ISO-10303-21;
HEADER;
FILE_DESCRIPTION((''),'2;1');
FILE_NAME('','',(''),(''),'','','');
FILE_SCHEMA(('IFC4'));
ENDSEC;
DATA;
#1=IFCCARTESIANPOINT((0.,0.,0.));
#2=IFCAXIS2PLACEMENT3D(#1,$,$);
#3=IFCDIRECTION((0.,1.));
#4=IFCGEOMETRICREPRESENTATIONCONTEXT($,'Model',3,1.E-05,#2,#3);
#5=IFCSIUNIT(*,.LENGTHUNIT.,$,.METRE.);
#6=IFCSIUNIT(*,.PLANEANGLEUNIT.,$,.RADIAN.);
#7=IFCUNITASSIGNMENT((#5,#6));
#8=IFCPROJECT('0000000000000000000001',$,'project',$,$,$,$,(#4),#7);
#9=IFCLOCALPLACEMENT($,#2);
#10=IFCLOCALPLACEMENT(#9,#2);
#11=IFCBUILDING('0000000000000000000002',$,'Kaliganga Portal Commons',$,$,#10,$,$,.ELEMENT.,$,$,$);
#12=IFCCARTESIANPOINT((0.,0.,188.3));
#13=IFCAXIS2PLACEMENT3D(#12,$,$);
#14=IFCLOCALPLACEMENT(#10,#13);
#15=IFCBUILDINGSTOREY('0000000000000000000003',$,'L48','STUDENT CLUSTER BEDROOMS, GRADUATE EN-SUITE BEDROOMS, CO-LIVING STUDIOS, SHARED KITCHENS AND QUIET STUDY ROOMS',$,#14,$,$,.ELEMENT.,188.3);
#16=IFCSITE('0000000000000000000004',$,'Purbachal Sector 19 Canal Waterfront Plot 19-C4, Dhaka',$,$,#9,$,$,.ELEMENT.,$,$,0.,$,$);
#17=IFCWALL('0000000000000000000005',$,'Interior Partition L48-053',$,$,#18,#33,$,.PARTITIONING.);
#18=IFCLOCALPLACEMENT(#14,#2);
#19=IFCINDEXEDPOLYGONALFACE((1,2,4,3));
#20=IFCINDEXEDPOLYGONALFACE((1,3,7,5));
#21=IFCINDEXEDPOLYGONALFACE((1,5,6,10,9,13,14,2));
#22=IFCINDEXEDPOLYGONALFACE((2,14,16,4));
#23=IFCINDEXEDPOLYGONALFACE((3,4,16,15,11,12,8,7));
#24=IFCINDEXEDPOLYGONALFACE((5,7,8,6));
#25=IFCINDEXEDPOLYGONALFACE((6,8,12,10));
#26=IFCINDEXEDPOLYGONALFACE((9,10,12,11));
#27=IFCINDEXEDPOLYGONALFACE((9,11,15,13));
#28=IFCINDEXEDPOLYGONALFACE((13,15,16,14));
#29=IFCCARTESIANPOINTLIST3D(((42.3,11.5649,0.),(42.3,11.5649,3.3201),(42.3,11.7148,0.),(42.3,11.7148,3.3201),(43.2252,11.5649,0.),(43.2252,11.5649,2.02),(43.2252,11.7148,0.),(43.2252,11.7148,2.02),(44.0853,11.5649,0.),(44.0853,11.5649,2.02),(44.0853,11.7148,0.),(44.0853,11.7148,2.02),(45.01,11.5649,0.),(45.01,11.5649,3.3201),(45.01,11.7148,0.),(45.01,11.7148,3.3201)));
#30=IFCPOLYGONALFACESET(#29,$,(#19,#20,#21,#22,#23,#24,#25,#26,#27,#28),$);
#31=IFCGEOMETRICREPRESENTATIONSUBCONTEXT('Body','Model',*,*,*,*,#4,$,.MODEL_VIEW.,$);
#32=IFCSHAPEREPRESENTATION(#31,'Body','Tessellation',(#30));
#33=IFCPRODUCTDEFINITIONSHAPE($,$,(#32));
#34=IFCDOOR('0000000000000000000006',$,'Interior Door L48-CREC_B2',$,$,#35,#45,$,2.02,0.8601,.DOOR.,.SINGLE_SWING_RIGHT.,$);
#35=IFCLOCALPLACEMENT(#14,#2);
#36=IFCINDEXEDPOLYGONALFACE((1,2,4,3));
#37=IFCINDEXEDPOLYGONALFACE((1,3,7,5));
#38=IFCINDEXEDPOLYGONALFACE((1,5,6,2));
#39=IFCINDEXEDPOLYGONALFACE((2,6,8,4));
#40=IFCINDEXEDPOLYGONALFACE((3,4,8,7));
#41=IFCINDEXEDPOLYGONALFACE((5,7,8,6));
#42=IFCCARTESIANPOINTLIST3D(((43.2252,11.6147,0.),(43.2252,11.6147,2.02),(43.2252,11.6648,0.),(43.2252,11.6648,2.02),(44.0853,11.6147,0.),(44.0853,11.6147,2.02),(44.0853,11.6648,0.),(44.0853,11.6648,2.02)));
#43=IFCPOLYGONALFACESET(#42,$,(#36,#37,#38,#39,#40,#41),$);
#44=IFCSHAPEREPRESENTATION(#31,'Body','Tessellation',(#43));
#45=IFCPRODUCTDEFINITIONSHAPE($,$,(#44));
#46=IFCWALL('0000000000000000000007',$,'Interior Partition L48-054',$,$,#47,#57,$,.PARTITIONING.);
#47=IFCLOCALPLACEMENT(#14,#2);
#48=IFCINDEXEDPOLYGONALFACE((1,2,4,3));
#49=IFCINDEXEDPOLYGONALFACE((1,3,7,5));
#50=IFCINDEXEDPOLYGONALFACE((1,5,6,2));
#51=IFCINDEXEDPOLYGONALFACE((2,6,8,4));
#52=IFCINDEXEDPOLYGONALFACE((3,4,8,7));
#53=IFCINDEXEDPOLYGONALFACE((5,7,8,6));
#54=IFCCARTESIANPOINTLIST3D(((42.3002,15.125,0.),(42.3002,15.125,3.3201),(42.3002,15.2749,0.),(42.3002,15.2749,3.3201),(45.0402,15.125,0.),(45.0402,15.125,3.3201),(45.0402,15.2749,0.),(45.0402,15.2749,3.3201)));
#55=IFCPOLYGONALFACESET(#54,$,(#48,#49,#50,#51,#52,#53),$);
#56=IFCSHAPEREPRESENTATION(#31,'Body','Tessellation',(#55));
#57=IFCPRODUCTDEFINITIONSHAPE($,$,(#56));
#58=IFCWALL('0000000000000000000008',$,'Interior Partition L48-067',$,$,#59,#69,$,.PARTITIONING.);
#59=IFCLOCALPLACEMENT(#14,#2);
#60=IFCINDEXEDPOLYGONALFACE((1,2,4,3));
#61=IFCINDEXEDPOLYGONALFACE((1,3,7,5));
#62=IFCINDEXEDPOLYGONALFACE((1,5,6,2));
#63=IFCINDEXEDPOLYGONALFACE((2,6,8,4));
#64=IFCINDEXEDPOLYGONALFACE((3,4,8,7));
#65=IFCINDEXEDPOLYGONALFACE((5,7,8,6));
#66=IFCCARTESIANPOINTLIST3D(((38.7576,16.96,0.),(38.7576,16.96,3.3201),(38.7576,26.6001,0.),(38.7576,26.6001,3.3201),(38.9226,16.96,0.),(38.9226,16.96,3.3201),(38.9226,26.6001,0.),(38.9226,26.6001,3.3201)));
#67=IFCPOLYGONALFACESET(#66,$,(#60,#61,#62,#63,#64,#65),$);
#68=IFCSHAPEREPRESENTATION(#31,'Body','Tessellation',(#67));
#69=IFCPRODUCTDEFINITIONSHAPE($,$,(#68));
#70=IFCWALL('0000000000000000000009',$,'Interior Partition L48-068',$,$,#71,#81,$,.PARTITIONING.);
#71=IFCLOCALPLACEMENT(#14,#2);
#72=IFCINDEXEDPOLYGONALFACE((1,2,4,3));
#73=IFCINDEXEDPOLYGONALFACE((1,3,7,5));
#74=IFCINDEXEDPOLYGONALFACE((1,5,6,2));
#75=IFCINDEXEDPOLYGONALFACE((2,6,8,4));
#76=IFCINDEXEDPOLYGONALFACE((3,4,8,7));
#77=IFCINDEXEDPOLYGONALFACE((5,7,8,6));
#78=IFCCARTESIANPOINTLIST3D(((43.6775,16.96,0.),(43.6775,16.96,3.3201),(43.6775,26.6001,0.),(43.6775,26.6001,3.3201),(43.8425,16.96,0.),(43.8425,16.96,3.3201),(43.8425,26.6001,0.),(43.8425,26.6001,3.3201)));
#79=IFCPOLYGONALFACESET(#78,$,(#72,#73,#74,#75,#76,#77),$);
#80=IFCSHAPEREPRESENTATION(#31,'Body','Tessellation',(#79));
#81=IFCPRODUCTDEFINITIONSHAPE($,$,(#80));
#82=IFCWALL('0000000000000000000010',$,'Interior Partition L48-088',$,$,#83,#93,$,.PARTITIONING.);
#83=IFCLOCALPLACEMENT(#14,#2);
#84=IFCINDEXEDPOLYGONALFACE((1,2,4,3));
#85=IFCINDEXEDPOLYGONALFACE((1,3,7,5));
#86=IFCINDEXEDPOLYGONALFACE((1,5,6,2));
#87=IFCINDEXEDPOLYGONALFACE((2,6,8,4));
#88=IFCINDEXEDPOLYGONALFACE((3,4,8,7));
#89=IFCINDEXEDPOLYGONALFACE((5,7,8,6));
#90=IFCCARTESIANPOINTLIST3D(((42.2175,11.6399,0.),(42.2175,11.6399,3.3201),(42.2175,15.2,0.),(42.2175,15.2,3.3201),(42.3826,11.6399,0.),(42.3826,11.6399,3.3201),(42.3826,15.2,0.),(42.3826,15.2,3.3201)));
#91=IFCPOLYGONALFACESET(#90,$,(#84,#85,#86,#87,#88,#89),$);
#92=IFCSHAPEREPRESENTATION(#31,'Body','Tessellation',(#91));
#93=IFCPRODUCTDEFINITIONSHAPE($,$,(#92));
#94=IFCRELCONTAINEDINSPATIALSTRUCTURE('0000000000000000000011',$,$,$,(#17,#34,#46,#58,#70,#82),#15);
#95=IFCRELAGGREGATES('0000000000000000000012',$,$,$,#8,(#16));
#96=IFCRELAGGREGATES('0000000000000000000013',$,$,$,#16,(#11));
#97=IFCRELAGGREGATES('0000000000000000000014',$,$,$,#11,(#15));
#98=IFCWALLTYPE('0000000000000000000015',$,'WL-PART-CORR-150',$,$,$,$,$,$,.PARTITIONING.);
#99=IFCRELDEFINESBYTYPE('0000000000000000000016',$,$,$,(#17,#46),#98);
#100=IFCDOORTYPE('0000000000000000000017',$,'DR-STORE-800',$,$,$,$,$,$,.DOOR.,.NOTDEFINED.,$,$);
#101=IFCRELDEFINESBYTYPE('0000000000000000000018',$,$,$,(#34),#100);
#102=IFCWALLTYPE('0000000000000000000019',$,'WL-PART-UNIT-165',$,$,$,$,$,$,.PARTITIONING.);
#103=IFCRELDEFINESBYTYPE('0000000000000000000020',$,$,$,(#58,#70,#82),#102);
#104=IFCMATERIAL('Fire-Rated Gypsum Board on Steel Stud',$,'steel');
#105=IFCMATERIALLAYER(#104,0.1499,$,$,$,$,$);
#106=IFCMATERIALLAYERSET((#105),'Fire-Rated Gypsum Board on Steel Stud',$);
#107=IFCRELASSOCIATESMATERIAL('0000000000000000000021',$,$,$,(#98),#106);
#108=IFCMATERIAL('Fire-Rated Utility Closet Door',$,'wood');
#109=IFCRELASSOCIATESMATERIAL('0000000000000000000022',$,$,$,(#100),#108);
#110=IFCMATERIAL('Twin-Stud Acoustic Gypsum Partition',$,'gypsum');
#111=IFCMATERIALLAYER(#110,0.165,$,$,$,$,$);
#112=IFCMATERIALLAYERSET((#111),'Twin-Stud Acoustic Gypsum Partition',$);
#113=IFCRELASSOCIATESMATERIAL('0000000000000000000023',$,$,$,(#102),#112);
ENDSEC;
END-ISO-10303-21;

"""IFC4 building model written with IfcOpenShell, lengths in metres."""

from ifc_helpers import new_model, si_unit, direction, frame, frame_2d, origin, place, context, subcontext, project, spatial, rectangle, extrude, material, layer, layer_set, type_object, element, fill, save


model = new_model("IFC4")

# Units and contexts
model_context = context("Model", 3, precision=1e-05, world=origin(), true_north=direction((0.0, 1.0)))
body_context = subcontext(model_context, "Body", "Model", "MODEL_VIEW")
ifc_project = project(units=[si_unit("LENGTHUNIT", "METRE"), si_unit("PLANEANGLEUNIT", "RADIAN")], contexts=[model_context])

# Site, building, storey
site_placement = place(None, origin())
site = spatial("IfcSite", under=ifc_project, at=site_placement, Name="Purbachal Sector 19 Canal Waterfront Plot 19-C4, Dhaka", CompositionType="ELEMENT", RefElevation=0.0)
building_placement = place(site_placement, origin())
building = spatial("IfcBuilding", under=site, at=building_placement, Name="Kaliganga Portal Commons", CompositionType="ELEMENT")
storey_placement = place(building_placement, frame((0.0, 0.0, 188.3)))
storey = spatial("IfcBuildingStorey", under=building, at=storey_placement, Name="L48", Description="STUDENT CLUSTER BEDROOMS, GRADUATE EN-SUITE BEDROOMS, CO-LIVING STUDIOS, SHARED KITCHENS AND QUIET STUDY ROOMS", CompositionType="ELEMENT", Elevation=188.3)

# Shared definitions
ifc_material_1 = material(Name="Fire-Rated Gypsum Board on Steel Stud", Category="steel")
ifc_layer_1 = layer(ifc_material_1, 0.1499)
ifc_layer_set_1 = layer_set([ifc_layer_1], Name="Fire-Rated Gypsum Board on Steel Stud")
wall_type_1 = type_object("IfcWallType", Name="WL-PART-CORR-150", PredefinedType="PARTITIONING", material=ifc_layer_set_1)

# Wall, opening, door
wall_1_placement = place(storey_placement, frame((42.3, 11.6399, 0.0), z_axis=(0.0, 0.0, 1.0), x_axis=(1.0, 0.0, 0.0)))
wall_1 = element("IfcWall", 1, at=wall_1_placement, inside=storey, type_object=wall_type_1, Name="Interior Partition L48-053", PredefinedType="PARTITIONING", context=body_context, shape_type="SweptSolid", body=[
    extrude(rectangle(XDim=2.71, YDim=0.1499, at=frame_2d((1.355, 0.0))), origin(), (0.0, 0.0, 1.0), 3.3201),
])
opening_1_placement = place(wall_1_placement, frame((0.925, 0.0, 0.0)))
opening_1 = element("IfcOpeningElement", 2, at=opening_1_placement, cuts=wall_1, PredefinedType="OPENING", context=body_context, shape_type="SweptSolid", body=[
    extrude(rectangle(XDim=0.8601, YDim=2.02, at=frame_2d((0.4302, 1.01))), frame((0.0, 0.085, 0.0), z_axis=(0.0, -1.0, 0.0), x_axis=(1.0, 0.0, 0.0)), (0.0, 0.0, 1.0), 0.1699),
])
ifc_material_2 = material(Name="Fire-Rated Utility Closet Door", Category="wood")
door_type_1 = type_object("IfcDoorType", Name="DR-STORE-800", OperationType="NOTDEFINED", PredefinedType="DOOR", material=ifc_material_2)
door_1_placement = place(opening_1_placement, origin())
door_1 = element("IfcDoor", 3, at=door_1_placement, inside=storey, type_object=door_type_1, Name="Interior Door L48-CREC_B2", OperationType="SINGLE_SWING_RIGHT", OverallHeight=2.02, OverallWidth=0.8601, PredefinedType="DOOR", context=body_context, shape_type="SweptSolid", body=[
    extrude(rectangle(XDim=0.8601, YDim=2.02, at=frame_2d((0.4302, 1.01))), frame((0.0, 0.0249, 0.0), z_axis=(0.0, -1.0, 0.0), x_axis=(1.0, 0.0, 0.0)), (0.0, 0.0, 1.0), 0.05),
])
fill(opening_1, door_1)

# Walls
wall_2_placement = place(storey_placement, frame((42.3, 15.2, 0.0), z_axis=(0.0, 0.0, 1.0), x_axis=(1.0, 0.0, 0.0)))
element("IfcWall", 4, at=wall_2_placement, inside=storey, type_object=wall_type_1, Name="Interior Partition L48-054", PredefinedType="PARTITIONING", context=body_context, shape_type="SweptSolid", body=[
    extrude(rectangle(XDim=2.74, YDim=0.1499, at=frame_2d((1.3701, 0.0))), origin(), (0.0, 0.0, 1.0), 3.3201),
])
ifc_material_3 = material(Name="Twin-Stud Acoustic Gypsum Partition", Category="gypsum")
ifc_layer_2 = layer(ifc_material_3, 0.165)
ifc_layer_set_2 = layer_set([ifc_layer_2], Name="Twin-Stud Acoustic Gypsum Partition")
wall_type_2 = type_object("IfcWallType", Name="WL-PART-UNIT-165", PredefinedType="PARTITIONING", material=ifc_layer_set_2)
for number, where, z_axis, x_axis, name in (
    (5, (38.8401, 16.96, 0.0), (0.0, 0.0, 1.0), (0.0, 1.0, 0.0), "Interior Partition L48-067"),
    (6, (43.76, 16.96, 0.0), (0.0, 0.0, 1.0), (0.0, 1.0, 0.0), "Interior Partition L48-068"),
):
    element("IfcWall", number, at=place(storey_placement, frame(where, z_axis=z_axis, x_axis=x_axis)), inside=storey, type_object=wall_type_2, Name=name, PredefinedType="PARTITIONING", context=body_context, shape_type="SweptSolid", body=[
        extrude(rectangle(XDim=9.6401, YDim=0.165, at=frame_2d((4.8201, 0.0))), origin(), (0.0, 0.0, 1.0), 3.3201),
    ])
wall_3_placement = place(storey_placement, frame((42.3, 11.6399, 0.0), z_axis=(0.0, 0.0, 1.0), x_axis=(0.0, 1.0, 0.0)))
element("IfcWall", 7, at=wall_3_placement, inside=storey, type_object=wall_type_2, Name="Interior Partition L48-088", PredefinedType="PARTITIONING", context=body_context, shape_type="SweptSolid", body=[
    extrude(rectangle(XDim=3.5601, YDim=0.165, at=frame_2d((1.78, 0.0))), origin(), (0.0, 0.0, 1.0), 3.3201),
])

save(model, "model.ifc")
